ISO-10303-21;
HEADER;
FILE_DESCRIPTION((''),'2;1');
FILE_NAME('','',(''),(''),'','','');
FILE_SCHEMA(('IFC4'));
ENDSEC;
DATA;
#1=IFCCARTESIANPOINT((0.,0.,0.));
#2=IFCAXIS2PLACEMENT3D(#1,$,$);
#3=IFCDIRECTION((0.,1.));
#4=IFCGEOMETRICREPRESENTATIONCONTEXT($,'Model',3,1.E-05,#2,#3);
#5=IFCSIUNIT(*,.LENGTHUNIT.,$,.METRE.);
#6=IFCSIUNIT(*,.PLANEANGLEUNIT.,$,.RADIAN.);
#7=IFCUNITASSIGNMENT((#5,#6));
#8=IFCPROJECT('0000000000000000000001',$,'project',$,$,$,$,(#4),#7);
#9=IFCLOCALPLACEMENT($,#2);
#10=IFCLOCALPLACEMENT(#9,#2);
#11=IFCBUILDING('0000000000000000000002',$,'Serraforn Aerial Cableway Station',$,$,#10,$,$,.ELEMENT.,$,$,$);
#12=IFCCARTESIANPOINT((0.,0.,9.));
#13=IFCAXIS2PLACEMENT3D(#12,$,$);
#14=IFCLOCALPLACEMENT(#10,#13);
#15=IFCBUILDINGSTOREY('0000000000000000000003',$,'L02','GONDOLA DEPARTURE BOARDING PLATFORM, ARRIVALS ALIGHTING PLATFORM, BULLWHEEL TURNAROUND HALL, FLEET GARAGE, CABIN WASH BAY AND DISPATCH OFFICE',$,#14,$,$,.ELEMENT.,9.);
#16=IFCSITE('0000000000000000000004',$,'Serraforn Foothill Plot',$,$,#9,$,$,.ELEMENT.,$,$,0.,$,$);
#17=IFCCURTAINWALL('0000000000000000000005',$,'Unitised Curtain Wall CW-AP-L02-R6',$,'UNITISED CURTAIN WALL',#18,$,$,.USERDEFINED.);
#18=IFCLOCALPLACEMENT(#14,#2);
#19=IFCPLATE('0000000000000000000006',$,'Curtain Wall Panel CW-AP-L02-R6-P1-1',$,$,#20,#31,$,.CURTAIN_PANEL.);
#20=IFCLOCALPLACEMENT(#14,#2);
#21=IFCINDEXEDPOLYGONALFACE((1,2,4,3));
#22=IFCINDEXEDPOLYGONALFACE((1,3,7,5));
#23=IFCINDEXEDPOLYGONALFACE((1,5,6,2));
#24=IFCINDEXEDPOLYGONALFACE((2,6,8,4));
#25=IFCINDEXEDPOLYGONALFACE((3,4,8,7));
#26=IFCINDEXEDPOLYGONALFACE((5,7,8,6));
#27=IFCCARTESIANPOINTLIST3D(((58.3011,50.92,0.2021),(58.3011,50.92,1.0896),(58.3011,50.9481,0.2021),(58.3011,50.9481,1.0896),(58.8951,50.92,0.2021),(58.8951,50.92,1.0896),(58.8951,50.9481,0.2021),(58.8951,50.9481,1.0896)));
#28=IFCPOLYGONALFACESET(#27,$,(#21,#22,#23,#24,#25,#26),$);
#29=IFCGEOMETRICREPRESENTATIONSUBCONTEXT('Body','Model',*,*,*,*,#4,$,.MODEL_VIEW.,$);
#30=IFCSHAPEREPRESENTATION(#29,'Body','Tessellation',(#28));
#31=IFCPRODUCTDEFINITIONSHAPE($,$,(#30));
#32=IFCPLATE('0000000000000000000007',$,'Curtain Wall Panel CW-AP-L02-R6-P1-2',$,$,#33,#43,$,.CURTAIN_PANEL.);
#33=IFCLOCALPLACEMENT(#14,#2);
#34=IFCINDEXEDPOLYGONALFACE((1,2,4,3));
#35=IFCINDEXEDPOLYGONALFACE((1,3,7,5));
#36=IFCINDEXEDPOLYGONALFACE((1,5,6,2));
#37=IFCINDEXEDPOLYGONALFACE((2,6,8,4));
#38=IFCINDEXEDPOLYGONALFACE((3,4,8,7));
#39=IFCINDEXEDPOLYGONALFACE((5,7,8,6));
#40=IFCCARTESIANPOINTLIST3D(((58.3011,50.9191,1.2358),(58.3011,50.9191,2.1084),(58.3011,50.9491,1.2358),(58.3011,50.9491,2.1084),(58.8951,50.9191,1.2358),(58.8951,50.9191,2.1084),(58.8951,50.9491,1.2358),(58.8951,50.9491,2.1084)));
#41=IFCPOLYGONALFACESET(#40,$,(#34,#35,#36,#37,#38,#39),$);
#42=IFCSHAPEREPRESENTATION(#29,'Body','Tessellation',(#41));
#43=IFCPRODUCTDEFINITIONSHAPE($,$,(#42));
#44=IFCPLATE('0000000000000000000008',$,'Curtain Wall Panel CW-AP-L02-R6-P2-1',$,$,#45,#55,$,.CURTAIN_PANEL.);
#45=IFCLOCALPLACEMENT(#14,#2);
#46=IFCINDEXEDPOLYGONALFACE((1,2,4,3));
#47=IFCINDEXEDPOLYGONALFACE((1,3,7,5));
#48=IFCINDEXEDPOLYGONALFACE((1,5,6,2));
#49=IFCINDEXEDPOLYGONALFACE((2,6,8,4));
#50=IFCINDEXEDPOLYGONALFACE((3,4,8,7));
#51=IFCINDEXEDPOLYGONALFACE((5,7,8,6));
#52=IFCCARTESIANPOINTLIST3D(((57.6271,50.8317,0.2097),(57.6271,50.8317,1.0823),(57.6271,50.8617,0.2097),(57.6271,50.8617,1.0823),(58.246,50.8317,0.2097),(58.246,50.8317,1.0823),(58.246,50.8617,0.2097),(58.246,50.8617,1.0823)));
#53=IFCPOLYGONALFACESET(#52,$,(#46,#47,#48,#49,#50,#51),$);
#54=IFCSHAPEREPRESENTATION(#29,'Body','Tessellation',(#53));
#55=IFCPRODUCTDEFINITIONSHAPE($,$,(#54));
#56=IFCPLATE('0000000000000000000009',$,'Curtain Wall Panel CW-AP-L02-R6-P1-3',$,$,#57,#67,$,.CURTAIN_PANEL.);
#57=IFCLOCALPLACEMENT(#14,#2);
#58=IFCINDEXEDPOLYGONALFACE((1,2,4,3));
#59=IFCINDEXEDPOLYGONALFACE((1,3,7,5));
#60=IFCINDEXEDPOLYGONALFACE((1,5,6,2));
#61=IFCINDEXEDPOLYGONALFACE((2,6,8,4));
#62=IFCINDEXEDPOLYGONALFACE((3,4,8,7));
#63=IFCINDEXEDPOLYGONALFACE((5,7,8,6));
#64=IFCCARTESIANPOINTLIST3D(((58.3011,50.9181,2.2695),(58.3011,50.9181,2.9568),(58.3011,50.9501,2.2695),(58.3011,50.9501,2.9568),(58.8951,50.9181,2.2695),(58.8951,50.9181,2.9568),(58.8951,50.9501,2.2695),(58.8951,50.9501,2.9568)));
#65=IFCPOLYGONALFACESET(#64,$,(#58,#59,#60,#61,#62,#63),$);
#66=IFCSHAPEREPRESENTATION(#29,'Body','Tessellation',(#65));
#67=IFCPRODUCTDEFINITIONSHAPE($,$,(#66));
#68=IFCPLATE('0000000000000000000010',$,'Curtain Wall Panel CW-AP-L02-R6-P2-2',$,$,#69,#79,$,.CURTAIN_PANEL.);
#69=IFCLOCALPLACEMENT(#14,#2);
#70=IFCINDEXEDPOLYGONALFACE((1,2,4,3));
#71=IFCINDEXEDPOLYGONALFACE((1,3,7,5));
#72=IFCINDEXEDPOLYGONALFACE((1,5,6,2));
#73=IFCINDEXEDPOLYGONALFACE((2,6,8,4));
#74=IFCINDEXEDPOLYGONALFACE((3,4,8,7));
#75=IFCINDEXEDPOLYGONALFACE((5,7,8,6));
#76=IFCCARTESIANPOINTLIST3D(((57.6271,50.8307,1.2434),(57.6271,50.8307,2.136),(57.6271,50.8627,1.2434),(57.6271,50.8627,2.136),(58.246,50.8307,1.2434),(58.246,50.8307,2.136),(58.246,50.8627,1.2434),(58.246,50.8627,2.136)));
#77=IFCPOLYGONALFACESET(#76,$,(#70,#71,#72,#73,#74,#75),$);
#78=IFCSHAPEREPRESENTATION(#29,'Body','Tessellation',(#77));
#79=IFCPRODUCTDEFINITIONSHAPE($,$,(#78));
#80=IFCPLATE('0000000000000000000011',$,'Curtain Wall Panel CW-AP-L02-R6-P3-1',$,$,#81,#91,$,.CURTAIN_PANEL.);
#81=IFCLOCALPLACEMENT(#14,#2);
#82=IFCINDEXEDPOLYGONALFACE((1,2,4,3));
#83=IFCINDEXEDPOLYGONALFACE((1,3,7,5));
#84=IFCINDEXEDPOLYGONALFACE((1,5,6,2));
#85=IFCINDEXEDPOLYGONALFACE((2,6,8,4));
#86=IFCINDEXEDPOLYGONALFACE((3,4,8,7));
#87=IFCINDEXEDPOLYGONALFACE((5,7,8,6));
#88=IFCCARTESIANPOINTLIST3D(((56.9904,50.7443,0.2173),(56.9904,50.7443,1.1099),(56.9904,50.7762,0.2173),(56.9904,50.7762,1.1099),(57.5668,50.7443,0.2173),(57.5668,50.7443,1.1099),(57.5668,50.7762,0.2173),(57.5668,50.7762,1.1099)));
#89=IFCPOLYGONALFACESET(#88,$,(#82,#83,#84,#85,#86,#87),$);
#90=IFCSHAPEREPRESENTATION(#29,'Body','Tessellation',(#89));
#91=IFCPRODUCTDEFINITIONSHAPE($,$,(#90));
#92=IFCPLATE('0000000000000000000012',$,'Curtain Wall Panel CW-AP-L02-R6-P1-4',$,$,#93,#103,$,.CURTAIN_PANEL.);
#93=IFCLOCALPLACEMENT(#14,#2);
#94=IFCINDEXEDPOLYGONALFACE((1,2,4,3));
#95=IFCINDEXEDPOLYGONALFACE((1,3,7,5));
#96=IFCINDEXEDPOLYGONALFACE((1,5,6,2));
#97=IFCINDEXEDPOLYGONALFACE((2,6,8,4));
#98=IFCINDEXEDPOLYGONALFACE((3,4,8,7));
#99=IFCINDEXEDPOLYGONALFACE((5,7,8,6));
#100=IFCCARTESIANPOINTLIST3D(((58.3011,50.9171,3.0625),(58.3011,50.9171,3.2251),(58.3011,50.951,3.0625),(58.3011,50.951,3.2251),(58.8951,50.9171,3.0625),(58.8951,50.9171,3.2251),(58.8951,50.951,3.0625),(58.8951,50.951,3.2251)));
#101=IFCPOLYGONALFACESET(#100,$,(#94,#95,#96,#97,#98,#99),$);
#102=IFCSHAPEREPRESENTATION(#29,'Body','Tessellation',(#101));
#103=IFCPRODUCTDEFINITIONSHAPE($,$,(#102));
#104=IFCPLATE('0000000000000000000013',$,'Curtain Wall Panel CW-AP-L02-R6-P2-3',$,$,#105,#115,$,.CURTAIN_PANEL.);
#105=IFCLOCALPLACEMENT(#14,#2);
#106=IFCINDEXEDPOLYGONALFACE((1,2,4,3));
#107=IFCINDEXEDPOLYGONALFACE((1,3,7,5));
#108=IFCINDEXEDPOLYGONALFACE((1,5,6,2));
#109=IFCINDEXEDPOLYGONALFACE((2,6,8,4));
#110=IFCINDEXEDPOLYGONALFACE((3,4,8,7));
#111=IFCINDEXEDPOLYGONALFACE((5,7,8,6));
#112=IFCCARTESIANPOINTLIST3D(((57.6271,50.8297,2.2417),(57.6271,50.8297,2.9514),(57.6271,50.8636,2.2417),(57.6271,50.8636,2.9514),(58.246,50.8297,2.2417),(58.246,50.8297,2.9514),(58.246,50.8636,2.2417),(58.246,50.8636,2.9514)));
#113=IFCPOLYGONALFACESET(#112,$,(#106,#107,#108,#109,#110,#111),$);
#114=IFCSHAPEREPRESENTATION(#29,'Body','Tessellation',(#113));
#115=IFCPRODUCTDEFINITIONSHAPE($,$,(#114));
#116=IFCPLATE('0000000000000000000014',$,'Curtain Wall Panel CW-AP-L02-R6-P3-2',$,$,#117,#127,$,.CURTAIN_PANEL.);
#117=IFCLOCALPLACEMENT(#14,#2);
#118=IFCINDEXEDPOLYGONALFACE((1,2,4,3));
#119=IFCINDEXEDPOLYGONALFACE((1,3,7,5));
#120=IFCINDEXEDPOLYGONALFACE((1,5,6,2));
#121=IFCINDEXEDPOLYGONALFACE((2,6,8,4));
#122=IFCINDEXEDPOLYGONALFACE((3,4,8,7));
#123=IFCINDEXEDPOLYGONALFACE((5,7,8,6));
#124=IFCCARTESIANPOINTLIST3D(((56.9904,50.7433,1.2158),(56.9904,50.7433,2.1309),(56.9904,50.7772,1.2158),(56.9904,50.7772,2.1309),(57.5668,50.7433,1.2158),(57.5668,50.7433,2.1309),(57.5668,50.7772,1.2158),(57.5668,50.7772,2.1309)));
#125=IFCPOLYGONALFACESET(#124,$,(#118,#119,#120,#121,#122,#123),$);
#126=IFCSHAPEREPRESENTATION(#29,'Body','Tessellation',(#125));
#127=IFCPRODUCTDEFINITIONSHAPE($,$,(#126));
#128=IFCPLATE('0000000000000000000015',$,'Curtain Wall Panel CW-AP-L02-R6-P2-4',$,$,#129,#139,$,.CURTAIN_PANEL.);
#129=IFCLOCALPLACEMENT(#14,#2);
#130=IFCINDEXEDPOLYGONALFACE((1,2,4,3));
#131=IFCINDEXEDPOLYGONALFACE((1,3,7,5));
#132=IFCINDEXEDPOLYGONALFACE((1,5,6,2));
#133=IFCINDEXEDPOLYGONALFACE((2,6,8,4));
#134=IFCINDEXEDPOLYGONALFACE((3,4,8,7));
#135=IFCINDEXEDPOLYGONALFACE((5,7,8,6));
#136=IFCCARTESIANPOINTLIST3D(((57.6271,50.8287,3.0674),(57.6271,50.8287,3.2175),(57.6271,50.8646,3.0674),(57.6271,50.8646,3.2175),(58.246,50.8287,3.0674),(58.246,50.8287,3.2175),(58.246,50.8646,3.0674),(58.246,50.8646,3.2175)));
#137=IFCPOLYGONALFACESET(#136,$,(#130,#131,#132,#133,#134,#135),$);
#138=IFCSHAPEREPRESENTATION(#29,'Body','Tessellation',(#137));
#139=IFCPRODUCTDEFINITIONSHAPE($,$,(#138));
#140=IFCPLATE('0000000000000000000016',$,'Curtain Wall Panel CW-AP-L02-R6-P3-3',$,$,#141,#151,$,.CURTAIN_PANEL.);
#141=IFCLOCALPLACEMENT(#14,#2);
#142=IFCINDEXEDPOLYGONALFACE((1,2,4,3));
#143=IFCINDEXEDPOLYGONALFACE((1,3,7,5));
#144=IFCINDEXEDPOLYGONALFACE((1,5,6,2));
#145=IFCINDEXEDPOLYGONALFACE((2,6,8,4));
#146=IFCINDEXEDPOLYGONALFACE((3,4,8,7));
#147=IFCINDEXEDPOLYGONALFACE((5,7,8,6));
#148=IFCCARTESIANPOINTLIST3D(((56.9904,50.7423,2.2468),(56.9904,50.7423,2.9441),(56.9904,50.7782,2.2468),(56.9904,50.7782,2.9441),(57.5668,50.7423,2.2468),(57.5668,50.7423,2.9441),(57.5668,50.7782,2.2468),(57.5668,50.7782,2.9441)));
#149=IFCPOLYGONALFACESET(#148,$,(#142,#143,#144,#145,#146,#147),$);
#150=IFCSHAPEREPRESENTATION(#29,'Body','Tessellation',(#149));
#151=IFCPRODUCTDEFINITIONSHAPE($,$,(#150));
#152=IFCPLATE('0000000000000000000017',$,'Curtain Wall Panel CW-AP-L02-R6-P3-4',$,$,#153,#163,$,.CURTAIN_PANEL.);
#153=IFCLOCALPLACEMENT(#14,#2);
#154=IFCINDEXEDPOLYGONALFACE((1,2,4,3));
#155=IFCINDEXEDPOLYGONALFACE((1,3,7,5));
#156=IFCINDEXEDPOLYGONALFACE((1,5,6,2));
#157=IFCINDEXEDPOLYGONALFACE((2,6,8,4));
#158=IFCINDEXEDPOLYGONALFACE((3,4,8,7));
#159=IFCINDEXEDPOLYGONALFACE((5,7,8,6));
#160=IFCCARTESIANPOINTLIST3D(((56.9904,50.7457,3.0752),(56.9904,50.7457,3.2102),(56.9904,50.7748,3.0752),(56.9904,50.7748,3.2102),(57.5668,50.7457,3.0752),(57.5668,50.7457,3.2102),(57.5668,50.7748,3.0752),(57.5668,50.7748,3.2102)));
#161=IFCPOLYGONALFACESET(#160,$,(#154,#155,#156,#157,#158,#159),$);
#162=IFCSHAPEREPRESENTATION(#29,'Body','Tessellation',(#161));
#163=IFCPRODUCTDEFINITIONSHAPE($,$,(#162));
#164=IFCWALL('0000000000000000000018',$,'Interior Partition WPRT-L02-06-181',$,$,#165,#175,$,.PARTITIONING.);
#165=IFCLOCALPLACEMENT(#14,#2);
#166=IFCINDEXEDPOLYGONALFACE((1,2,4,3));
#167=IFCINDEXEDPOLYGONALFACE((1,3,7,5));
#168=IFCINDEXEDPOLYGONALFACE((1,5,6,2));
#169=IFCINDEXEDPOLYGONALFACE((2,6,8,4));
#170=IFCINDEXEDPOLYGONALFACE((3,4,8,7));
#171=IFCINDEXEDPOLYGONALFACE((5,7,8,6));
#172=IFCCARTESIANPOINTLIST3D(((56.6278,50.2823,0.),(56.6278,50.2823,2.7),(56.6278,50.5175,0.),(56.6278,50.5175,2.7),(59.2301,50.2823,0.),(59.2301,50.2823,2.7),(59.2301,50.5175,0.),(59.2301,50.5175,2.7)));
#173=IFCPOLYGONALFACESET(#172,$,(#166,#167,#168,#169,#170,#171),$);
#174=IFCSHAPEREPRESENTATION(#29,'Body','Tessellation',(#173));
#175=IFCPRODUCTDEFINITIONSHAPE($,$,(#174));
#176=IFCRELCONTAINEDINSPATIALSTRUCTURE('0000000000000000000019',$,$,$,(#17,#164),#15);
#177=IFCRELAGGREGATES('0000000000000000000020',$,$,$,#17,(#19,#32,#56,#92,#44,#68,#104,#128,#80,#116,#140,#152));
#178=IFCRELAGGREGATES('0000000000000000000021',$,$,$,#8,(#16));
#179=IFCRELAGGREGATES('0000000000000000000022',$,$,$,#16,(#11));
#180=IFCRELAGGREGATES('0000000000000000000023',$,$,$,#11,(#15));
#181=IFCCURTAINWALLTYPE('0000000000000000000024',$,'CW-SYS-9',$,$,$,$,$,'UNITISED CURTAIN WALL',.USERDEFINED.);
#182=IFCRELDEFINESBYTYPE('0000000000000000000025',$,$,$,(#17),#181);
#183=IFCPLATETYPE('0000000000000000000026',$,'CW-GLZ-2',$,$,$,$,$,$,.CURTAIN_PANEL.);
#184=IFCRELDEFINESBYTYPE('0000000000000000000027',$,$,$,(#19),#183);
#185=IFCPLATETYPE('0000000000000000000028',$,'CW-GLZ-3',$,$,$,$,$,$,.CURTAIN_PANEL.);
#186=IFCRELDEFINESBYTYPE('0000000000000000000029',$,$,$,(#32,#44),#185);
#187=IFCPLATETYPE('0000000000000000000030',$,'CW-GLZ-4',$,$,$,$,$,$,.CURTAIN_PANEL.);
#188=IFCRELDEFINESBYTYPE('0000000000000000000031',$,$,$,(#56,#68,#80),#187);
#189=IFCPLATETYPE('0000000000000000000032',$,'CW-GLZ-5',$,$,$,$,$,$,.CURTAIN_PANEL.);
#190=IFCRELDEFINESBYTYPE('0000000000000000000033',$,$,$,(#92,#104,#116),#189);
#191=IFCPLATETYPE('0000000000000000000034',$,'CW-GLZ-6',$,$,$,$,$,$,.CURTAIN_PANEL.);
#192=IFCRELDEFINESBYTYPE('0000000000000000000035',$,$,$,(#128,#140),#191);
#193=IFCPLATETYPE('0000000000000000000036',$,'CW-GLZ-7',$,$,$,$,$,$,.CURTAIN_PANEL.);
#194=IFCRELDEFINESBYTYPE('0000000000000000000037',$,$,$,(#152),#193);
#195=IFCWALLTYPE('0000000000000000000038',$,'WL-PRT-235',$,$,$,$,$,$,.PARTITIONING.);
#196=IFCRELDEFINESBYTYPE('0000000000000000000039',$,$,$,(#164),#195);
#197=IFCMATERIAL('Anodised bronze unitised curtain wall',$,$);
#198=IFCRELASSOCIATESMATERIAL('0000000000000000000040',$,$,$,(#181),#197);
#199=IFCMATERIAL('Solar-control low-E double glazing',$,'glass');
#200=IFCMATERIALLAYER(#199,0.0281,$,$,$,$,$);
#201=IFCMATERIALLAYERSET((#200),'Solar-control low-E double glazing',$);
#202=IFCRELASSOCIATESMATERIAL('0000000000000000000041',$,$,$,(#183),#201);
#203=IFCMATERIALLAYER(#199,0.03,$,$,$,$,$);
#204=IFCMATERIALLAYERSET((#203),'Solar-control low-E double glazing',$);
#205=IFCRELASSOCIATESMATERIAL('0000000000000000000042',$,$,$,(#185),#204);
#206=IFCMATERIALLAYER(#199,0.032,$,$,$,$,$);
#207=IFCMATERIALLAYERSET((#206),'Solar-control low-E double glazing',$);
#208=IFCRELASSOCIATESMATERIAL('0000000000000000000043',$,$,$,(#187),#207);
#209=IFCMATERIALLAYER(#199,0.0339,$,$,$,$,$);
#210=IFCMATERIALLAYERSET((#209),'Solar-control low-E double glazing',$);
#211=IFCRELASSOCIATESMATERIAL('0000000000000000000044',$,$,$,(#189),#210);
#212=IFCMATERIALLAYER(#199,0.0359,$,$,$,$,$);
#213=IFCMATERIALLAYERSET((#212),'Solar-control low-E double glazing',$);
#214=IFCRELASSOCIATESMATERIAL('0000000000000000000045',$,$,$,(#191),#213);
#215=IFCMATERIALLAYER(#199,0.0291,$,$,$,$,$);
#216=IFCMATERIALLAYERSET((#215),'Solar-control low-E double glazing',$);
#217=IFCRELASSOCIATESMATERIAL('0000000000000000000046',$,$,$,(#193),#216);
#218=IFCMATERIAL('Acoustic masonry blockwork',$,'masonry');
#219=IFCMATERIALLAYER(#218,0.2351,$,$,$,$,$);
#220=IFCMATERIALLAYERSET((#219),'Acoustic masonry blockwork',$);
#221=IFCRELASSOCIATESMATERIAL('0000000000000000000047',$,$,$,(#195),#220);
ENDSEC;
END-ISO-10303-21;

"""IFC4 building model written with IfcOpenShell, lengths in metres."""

from ifc_helpers import new_model, si_unit, direction, frame, frame_2d, origin, origin_2d, place, context, subcontext, project, spatial, rectangle, extrude, material, layer, layer_set, type_object, element, aggregate, save


model = new_model("IFC4")

# Units and contexts
model_context = context("Model", 3, precision=1e-05, world=origin(), true_north=direction((0.0, 1.0)))
body_context = subcontext(model_context, "Body", "Model", "MODEL_VIEW")
ifc_project = project(units=[si_unit("LENGTHUNIT", "METRE"), si_unit("PLANEANGLEUNIT", "RADIAN")], contexts=[model_context])

# Site, building, storey
site_placement = place(None, origin())
site = spatial("IfcSite", under=ifc_project, at=site_placement, Name="Serraforn Foothill Plot", CompositionType="ELEMENT", RefElevation=0.0)
building_placement = place(site_placement, origin())
building = spatial("IfcBuilding", under=site, at=building_placement, Name="Serraforn Aerial Cableway Station", CompositionType="ELEMENT")
storey_placement = place(building_placement, frame((0.0, 0.0, 9.0)))
storey = spatial("IfcBuildingStorey", under=building, at=storey_placement, Name="L02", Description="GONDOLA DEPARTURE BOARDING PLATFORM, ARRIVALS ALIGHTING PLATFORM, BULLWHEEL TURNAROUND HALL, FLEET GARAGE, CABIN WASH BAY AND DISPATCH OFFICE", CompositionType="ELEMENT", Elevation=9.0)

# Shared definitions
ifc_material_1 = material(Name="Anodised bronze unitised curtain wall")

# Curtain wall
curtain_wall_type_1 = type_object("IfcCurtainWallType", Name="CW-SYS-9", ElementType="UNITISED CURTAIN WALL", PredefinedType="USERDEFINED", material=ifc_material_1)
curtain_wall_1_placement = place(storey_placement, origin())
curtain_wall_1 = element("IfcCurtainWall", 1, at=curtain_wall_1_placement, inside=storey, type_object=curtain_wall_type_1, Name="Unitised Curtain Wall CW-AP-L02-R6", ObjectType="UNITISED CURTAIN WALL", PredefinedType="USERDEFINED")

# Plates
ifc_material_2 = material(Name="Solar-control low-E double glazing", Category="glass")
ifc_layer_1 = layer(ifc_material_2, 0.0281)
ifc_layer_set_1 = layer_set([ifc_layer_1], Name="Solar-control low-E double glazing")
plate_type_1 = type_object("IfcPlateType", Name="CW-GLZ-2", PredefinedType="CURTAIN_PANEL", material=ifc_layer_set_1)
plate_1_placement = place(storey_placement, frame((58.5981, 50.9341, 0.2021), z_axis=(0.0, 0.0, 1.0), x_axis=(1.0, 0.0, 0.0)))
plate_1 = element("IfcPlate", 2, at=plate_1_placement, type_object=plate_type_1, Name="Curtain Wall Panel CW-AP-L02-R6-P1-1", PredefinedType="CURTAIN_PANEL", context=body_context, shape_type="SweptSolid", body=[
    extrude(rectangle(XDim=0.594, YDim=0.0281, at=origin_2d()), origin(), (0.0, 0.0, 1.0), 0.8875),
])
ifc_layer_2 = layer(ifc_material_2, 0.03)
ifc_layer_set_2 = layer_set([ifc_layer_2], Name="Solar-control low-E double glazing")
plate_type_2 = type_object("IfcPlateType", Name="CW-GLZ-3", PredefinedType="CURTAIN_PANEL", material=ifc_layer_set_2)
plate_2_placement = place(storey_placement, frame((58.5981, 50.9341, 1.2358), z_axis=(0.0, 0.0, 1.0), x_axis=(1.0, 0.0, 0.0)))
plate_2 = element("IfcPlate", 3, at=plate_2_placement, type_object=plate_type_2, Name="Curtain Wall Panel CW-AP-L02-R6-P1-2", PredefinedType="CURTAIN_PANEL", context=body_context, shape_type="SweptSolid", body=[
    extrude(rectangle(XDim=0.594, YDim=0.03, at=origin_2d()), origin(), (0.0, 0.0, 1.0), 0.8726),
])
plate_3_placement = place(storey_placement, frame((57.9365, 50.8467, 0.2097), z_axis=(0.0, 0.0, 1.0), x_axis=(1.0, 0.0, 0.0)))
plate_3 = element("IfcPlate", 4, at=plate_3_placement, type_object=plate_type_2, Name="Curtain Wall Panel CW-AP-L02-R6-P2-1", PredefinedType="CURTAIN_PANEL", context=body_context, shape_type="SweptSolid", body=[
    extrude(rectangle(XDim=0.6189, YDim=0.03, at=origin_2d()), origin(), (0.0, 0.0, 1.0), 0.8726),
])
ifc_layer_3 = layer(ifc_material_2, 0.032)
ifc_layer_set_3 = layer_set([ifc_layer_3], Name="Solar-control low-E double glazing")
plate_type_3 = type_object("IfcPlateType", Name="CW-GLZ-4", PredefinedType="CURTAIN_PANEL", material=ifc_layer_set_3)
plate_4_placement = place(storey_placement, frame((58.5981, 50.9341, 2.2695), z_axis=(0.0, 0.0, 1.0), x_axis=(1.0, 0.0, 0.0)))
plate_4 = element("IfcPlate", 5, at=plate_4_placement, type_object=plate_type_3, Name="Curtain Wall Panel CW-AP-L02-R6-P1-3", PredefinedType="CURTAIN_PANEL", context=body_context, shape_type="SweptSolid", body=[
    extrude(rectangle(XDim=0.594, YDim=0.032, at=origin_2d()), origin(), (0.0, 0.0, 1.0), 0.6873),
])
plate_5_placement = place(storey_placement, frame((57.9365, 50.8467, 1.2434), z_axis=(0.0, 0.0, 1.0), x_axis=(1.0, 0.0, 0.0)))
plate_5 = element("IfcPlate", 6, at=plate_5_placement, type_object=plate_type_3, Name="Curtain Wall Panel CW-AP-L02-R6-P2-2", PredefinedType="CURTAIN_PANEL", context=body_context, shape_type="SweptSolid", body=[
    extrude(rectangle(XDim=0.6189, YDim=0.032, at=origin_2d()), origin(), (0.0, 0.0, 1.0), 0.8926),
])
plate_6_placement = place(storey_placement, frame((57.2786, 50.7603, 0.2173), z_axis=(0.0, 0.0, 1.0), x_axis=(1.0, 0.0, 0.0)))
plate_6 = element("IfcPlate", 7, at=plate_6_placement, type_object=plate_type_3, Name="Curtain Wall Panel CW-AP-L02-R6-P3-1", PredefinedType="CURTAIN_PANEL", context=body_context, shape_type="SweptSolid", body=[
    extrude(rectangle(XDim=0.5764, YDim=0.032, at=origin_2d()), origin(), (0.0, 0.0, 1.0), 0.8926),
])
ifc_layer_4 = layer(ifc_material_2, 0.0339)
ifc_layer_set_4 = layer_set([ifc_layer_4], Name="Solar-control low-E double glazing")
plate_type_4 = type_object("IfcPlateType", Name="CW-GLZ-5", PredefinedType="CURTAIN_PANEL", material=ifc_layer_set_4)
plate_7_placement = place(storey_placement, frame((58.5981, 50.9341, 3.0625), z_axis=(0.0, 0.0, 1.0), x_axis=(1.0, 0.0, 0.0)))
plate_7 = element("IfcPlate", 8, at=plate_7_placement, type_object=plate_type_4, Name="Curtain Wall Panel CW-AP-L02-R6-P1-4", PredefinedType="CURTAIN_PANEL", context=body_context, shape_type="SweptSolid", body=[
    extrude(rectangle(XDim=0.594, YDim=0.0339, at=origin_2d()), origin(), (0.0, 0.0, 1.0), 0.1626),
])
plate_8_placement = place(storey_placement, frame((57.9365, 50.8467, 2.2417), z_axis=(0.0, 0.0, 1.0), x_axis=(1.0, 0.0, 0.0)))
plate_8 = element("IfcPlate", 9, at=plate_8_placement, type_object=plate_type_4, Name="Curtain Wall Panel CW-AP-L02-R6-P2-3", PredefinedType="CURTAIN_PANEL", context=body_context, shape_type="SweptSolid", body=[
    extrude(rectangle(XDim=0.6189, YDim=0.0339, at=origin_2d()), origin(), (0.0, 0.0, 1.0), 0.7097),
])
plate_9_placement = place(storey_placement, frame((57.2786, 50.7603, 1.2158), z_axis=(0.0, 0.0, 1.0), x_axis=(1.0, 0.0, 0.0)))
plate_9 = element("IfcPlate", 10, at=plate_9_placement, type_object=plate_type_4, Name="Curtain Wall Panel CW-AP-L02-R6-P3-2", PredefinedType="CURTAIN_PANEL", context=body_context, shape_type="SweptSolid", body=[
    extrude(rectangle(XDim=0.5764, YDim=0.0339, at=origin_2d()), origin(), (0.0, 0.0, 1.0), 0.915),
])
ifc_layer_5 = layer(ifc_material_2, 0.0359)
ifc_layer_set_5 = layer_set([ifc_layer_5], Name="Solar-control low-E double glazing")
plate_type_5 = type_object("IfcPlateType", Name="CW-GLZ-6", PredefinedType="CURTAIN_PANEL", material=ifc_layer_set_5)
plate_10_placement = place(storey_placement, frame((57.9365, 50.8467, 3.0674), z_axis=(0.0, 0.0, 1.0), x_axis=(1.0, 0.0, 0.0)))
plate_10 = element("IfcPlate", 11, at=plate_10_placement, type_object=plate_type_5, Name="Curtain Wall Panel CW-AP-L02-R6-P2-4", PredefinedType="CURTAIN_PANEL", context=body_context, shape_type="SweptSolid", body=[
    extrude(rectangle(XDim=0.6189, YDim=0.0359, at=origin_2d()), origin(), (0.0, 0.0, 1.0), 0.1501),
])
plate_11_placement = place(storey_placement, frame((57.2786, 50.7603, 2.2468), z_axis=(0.0, 0.0, 1.0), x_axis=(1.0, 0.0, 0.0)))
plate_11 = element("IfcPlate", 12, at=plate_11_placement, type_object=plate_type_5, Name="Curtain Wall Panel CW-AP-L02-R6-P3-3", PredefinedType="CURTAIN_PANEL", context=body_context, shape_type="SweptSolid", body=[
    extrude(rectangle(XDim=0.5764, YDim=0.0359, at=origin_2d()), origin(), (0.0, 0.0, 1.0), 0.6973),
])
ifc_layer_6 = layer(ifc_material_2, 0.0291)
ifc_layer_set_6 = layer_set([ifc_layer_6], Name="Solar-control low-E double glazing")
plate_type_6 = type_object("IfcPlateType", Name="CW-GLZ-7", PredefinedType="CURTAIN_PANEL", material=ifc_layer_set_6)
plate_12_placement = place(storey_placement, frame((57.2786, 50.7603, 3.0752), z_axis=(0.0, 0.0, 1.0), x_axis=(1.0, 0.0, 0.0)))
plate_12 = element("IfcPlate", 13, at=plate_12_placement, type_object=plate_type_6, Name="Curtain Wall Panel CW-AP-L02-R6-P3-4", PredefinedType="CURTAIN_PANEL", context=body_context, shape_type="SweptSolid", body=[
    extrude(rectangle(XDim=0.5764, YDim=0.0291, at=origin_2d()), origin(), (0.0, 0.0, 1.0), 0.135),
])
aggregate(curtain_wall_1, [plate_1, plate_2, plate_4, plate_7, plate_3, plate_5, plate_8, plate_10, plate_6, plate_9, plate_11, plate_12])

# Wall
ifc_material_3 = material(Name="Acoustic masonry blockwork", Category="masonry")
ifc_layer_7 = layer(ifc_material_3, 0.2351)
ifc_layer_set_7 = layer_set([ifc_layer_7], Name="Acoustic masonry blockwork")
wall_type = type_object("IfcWallType", Name="WL-PRT-235", PredefinedType="PARTITIONING", material=ifc_layer_set_7)
wall_placement = place(storey_placement, frame((56.6277, 50.3999, 0.0), z_axis=(0.0, 0.0, 1.0), x_axis=(1.0, 0.0, 0.0)))
element("IfcWall", 14, at=wall_placement, inside=storey, type_object=wall_type, Name="Interior Partition WPRT-L02-06-181", PredefinedType="PARTITIONING", context=body_context, shape_type="SweptSolid", body=[
    extrude(rectangle(XDim=2.6023, YDim=0.2351, at=frame_2d((1.3013, 0.0))), origin(), (0.0, 0.0, 1.0), 2.7),
])

save(model, "model.ifc")
